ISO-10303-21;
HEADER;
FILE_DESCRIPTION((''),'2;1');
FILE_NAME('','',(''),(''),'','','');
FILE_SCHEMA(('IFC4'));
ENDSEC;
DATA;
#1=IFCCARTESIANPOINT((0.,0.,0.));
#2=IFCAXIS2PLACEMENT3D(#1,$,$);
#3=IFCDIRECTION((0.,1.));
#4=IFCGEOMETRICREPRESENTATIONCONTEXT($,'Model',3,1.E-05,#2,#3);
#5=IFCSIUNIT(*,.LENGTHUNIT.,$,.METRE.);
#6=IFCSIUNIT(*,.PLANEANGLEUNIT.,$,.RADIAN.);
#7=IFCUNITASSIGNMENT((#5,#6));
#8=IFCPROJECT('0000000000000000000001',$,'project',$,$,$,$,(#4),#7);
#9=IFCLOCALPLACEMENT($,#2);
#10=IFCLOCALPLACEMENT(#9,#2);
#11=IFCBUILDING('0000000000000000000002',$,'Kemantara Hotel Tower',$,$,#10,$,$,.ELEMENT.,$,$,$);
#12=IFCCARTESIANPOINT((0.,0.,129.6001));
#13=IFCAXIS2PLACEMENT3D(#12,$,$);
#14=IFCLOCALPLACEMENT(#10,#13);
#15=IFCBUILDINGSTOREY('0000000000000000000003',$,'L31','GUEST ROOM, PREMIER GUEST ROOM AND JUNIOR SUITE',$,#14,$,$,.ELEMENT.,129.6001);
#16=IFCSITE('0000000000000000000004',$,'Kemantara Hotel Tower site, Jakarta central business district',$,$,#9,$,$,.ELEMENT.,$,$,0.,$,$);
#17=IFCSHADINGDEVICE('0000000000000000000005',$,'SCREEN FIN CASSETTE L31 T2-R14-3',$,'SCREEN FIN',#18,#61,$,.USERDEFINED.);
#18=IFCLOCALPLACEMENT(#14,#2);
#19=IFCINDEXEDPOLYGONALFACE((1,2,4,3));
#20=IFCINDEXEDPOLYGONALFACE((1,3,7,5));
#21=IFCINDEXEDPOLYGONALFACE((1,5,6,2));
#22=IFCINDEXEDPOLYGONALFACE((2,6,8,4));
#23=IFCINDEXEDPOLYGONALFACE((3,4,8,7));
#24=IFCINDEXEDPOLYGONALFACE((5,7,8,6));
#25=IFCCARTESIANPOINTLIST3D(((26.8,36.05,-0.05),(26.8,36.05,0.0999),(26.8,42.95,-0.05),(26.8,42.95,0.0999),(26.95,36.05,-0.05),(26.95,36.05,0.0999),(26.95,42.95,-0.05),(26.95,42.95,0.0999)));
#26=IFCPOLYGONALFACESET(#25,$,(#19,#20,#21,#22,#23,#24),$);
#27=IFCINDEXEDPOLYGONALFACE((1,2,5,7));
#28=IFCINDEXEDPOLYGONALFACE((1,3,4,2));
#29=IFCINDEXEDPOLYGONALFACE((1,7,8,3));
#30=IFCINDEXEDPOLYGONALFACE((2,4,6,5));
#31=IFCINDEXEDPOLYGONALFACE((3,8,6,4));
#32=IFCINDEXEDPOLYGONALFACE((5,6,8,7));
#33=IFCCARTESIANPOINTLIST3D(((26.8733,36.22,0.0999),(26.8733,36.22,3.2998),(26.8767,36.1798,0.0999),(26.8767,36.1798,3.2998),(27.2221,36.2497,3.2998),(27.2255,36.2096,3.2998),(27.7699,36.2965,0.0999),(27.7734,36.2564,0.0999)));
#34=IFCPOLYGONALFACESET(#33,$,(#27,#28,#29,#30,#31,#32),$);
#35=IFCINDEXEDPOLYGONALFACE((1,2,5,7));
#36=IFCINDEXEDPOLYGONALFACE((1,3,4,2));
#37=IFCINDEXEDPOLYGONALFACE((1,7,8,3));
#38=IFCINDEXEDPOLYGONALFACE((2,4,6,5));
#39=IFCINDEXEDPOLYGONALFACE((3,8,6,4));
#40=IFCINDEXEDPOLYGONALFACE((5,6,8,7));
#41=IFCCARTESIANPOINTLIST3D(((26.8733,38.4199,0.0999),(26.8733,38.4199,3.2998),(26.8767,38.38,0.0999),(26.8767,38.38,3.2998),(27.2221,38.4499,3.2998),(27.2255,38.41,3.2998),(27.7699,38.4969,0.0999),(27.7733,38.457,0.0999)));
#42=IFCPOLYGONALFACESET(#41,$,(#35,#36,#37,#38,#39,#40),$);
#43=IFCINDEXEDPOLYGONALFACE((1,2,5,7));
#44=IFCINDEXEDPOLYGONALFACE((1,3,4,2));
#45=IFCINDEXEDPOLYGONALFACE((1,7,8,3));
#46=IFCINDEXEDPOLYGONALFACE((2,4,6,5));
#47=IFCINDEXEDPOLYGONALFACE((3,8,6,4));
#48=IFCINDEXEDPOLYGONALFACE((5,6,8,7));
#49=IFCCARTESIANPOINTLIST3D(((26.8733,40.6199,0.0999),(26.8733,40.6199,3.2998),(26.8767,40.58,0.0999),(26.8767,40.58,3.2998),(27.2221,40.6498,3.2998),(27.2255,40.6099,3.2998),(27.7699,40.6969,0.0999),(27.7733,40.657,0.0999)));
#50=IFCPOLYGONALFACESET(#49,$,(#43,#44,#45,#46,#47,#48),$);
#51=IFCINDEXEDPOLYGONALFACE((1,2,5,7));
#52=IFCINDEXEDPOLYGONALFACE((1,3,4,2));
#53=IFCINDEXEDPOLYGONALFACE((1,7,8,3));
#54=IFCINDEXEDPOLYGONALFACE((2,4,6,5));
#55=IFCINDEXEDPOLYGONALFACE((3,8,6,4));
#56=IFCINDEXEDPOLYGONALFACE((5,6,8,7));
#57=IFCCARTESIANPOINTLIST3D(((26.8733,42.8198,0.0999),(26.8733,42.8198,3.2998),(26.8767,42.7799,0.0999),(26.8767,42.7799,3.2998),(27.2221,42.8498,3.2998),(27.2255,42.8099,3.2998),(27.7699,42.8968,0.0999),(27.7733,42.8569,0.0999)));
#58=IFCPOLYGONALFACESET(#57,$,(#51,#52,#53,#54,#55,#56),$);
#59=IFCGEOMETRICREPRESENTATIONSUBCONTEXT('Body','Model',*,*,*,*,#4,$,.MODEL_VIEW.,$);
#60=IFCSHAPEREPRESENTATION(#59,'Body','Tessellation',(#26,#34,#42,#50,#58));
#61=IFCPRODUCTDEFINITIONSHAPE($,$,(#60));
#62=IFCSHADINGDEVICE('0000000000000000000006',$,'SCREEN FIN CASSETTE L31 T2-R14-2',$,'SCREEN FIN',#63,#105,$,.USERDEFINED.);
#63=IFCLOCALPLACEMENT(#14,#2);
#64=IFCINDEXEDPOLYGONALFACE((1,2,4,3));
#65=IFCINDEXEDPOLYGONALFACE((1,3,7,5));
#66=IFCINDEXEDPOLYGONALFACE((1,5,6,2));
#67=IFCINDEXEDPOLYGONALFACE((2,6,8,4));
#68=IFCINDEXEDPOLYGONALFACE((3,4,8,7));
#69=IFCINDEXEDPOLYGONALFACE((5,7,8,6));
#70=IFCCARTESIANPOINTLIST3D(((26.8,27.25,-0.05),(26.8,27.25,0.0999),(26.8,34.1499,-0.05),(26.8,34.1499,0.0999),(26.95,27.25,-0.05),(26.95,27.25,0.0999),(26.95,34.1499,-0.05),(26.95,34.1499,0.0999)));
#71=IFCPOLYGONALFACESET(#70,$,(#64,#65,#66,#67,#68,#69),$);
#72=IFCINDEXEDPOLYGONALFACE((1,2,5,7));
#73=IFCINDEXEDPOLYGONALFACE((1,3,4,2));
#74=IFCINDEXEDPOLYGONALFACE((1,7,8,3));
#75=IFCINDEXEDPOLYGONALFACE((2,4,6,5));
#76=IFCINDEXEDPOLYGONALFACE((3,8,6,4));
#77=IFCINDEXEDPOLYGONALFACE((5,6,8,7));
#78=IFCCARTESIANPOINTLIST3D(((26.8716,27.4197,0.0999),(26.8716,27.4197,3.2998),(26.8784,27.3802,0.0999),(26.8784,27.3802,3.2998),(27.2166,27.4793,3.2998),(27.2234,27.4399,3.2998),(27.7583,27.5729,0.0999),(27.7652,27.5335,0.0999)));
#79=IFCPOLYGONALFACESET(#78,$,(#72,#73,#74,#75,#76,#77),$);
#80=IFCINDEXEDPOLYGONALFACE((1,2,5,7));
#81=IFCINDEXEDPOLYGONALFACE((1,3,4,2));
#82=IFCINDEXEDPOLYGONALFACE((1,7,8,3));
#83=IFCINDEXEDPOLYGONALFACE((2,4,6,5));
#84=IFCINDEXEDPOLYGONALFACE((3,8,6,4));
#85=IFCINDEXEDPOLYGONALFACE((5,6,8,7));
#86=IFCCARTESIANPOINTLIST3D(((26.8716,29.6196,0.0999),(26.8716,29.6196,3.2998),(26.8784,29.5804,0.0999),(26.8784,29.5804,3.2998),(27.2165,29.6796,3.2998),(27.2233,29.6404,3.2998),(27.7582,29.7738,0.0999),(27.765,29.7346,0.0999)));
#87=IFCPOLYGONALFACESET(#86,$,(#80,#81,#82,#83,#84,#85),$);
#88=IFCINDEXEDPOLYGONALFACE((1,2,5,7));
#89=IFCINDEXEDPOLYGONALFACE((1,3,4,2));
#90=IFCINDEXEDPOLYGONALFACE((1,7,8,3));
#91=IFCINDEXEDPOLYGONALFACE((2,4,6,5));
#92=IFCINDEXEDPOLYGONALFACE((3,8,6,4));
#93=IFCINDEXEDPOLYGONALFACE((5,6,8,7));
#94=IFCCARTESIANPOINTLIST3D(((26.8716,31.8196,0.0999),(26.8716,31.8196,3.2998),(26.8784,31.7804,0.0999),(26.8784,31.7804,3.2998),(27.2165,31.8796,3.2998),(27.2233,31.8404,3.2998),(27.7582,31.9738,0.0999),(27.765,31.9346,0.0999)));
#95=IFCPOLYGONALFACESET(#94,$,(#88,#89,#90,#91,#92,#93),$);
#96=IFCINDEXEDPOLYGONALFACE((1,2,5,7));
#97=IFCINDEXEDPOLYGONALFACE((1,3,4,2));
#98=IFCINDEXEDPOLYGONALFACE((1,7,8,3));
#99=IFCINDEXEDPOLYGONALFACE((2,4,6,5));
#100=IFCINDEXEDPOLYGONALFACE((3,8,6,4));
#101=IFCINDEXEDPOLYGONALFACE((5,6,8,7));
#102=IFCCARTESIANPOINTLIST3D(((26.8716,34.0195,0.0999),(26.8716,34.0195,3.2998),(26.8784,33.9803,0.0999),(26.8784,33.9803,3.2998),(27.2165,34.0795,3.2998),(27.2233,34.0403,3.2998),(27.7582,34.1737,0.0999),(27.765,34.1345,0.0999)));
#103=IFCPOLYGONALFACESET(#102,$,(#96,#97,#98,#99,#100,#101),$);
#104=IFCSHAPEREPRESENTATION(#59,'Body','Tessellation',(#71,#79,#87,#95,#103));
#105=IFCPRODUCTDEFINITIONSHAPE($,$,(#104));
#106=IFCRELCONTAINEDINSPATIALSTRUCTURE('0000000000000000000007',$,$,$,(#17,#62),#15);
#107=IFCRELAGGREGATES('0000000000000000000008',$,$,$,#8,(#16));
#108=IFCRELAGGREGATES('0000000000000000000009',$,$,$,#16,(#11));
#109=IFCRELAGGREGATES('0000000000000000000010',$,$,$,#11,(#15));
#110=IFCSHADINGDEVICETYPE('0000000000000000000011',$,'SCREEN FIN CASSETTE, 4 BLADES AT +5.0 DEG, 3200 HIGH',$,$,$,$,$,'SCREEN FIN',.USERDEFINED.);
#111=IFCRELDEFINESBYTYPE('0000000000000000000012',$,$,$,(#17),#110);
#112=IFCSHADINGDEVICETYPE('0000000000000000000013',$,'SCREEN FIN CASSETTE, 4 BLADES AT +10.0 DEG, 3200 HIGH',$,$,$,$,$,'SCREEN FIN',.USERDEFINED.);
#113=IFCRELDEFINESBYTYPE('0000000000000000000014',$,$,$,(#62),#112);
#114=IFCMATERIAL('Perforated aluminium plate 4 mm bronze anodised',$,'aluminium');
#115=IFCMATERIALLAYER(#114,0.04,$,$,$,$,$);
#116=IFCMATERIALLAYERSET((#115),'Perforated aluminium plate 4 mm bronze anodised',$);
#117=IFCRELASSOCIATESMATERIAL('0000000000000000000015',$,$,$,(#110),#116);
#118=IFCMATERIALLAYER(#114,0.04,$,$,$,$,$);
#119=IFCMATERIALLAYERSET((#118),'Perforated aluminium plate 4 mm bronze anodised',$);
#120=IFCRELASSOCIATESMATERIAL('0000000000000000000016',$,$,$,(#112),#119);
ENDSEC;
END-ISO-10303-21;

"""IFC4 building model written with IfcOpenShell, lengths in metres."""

from ifc_helpers import new_model, si_unit, direction, frame, origin, origin_2d, place, context, subcontext, project, spatial, polyline, rectangle, outline, extrude, source, transform, mapped, material, layer, layer_set, type_object, element, save


model = new_model("IFC4")

# Units and contexts
model_context = context("Model", 3, precision=1e-05, world=origin(), true_north=direction((0.0, 1.0)))
body_context = subcontext(model_context, "Body", "Model", "MODEL_VIEW")
ifc_project = project(units=[si_unit("LENGTHUNIT", "METRE"), si_unit("PLANEANGLEUNIT", "RADIAN")], contexts=[model_context])

# Site, building, storey
site_placement = place(None, origin())
site = spatial("IfcSite", under=ifc_project, at=site_placement, Name="Kemantara Hotel Tower site, Jakarta central business district", CompositionType="ELEMENT", RefElevation=0.0)
building_placement = place(site_placement, origin())
building = spatial("IfcBuilding", under=site, at=building_placement, Name="Kemantara Hotel Tower", CompositionType="ELEMENT")
storey_placement = place(building_placement, frame((0.0, 0.0, 129.6001)))
storey = spatial("IfcBuildingStorey", under=building, at=storey_placement, Name="L31", Description="GUEST ROOM, PREMIER GUEST ROOM AND JUNIOR SUITE", CompositionType="ELEMENT", Elevation=129.6001)

# Shading devices
ifc_material_1 = material(Name="Perforated aluminium plate 4 mm bronze anodised", Category="aluminium")
ifc_layer_1 = layer(ifc_material_1, 0.04)
ifc_layer_set_1 = layer_set([ifc_layer_1], Name="Perforated aluminium plate 4 mm bronze anodised")
shading_device_type_1 = type_object("IfcShadingDeviceType", Name="SCREEN FIN CASSETTE, 4 BLADES AT +5.0 DEG, 3200 HIGH", ElementType="SCREEN FIN", PredefinedType="USERDEFINED", material=ifc_layer_set_1)
shared_shape_1 = source(origin(), body_context, "Body", "SweptSolid", [
    extrude(rectangle(XDim=6.8999, YDim=0.1499, at=origin_2d()), frame((3.3, -0.075, -0.1499), z_axis=(0.0, 0.0, 1.0), x_axis=(1.0, 0.0, 0.0)), (0.0, 0.0, 1.0), 0.1499),
    extrude(outline(polyline([(0.0, 0.0), (0.8999, 0.0), (0.3501, 3.2), (0.0, 3.2), (0.0, 0.0)])), frame((0.02, -0.0732, 0.0), z_axis=(-0.996376, -0.085056, 0.0), x_axis=(0.085056, -0.996376, 0.0)), (0.0, 0.0, 1.0), 0.0403),
    extrude(outline(polyline([(0.0, 0.0), (0.8999, 0.0), (0.3501, 3.2), (0.0, 3.2), (0.0, 0.0)])), frame((2.22, -0.0732, 0.0), z_axis=(-0.996332, -0.085575, 0.0), x_axis=(0.085575, -0.996332, 0.0)), (0.0, 0.0, 1.0), 0.04),
    extrude(outline(polyline([(0.0, 0.0), (0.8999, 0.0), (0.3501, 3.2), (0.0, 3.2), (0.0, 0.0)])), frame((4.4199, -0.0732, 0.0), z_axis=(-0.996332, -0.085575, 0.0), x_axis=(0.085575, -0.996332, 0.0)), (0.0, 0.0, 1.0), 0.04),
    extrude(outline(polyline([(0.0, 0.0), (0.8999, 0.0), (0.3501, 3.2), (0.0, 3.2), (0.0, 0.0)])), frame((6.6199, -0.0732, 0.0), z_axis=(-0.996332, -0.085575, 0.0), x_axis=(0.085575, -0.996332, 0.0)), (0.0, 0.0, 1.0), 0.04),
])
shading_device_1_placement = place(storey_placement, frame((26.8, 36.2, 0.0999), z_axis=(0.0, 0.0, 1.0), x_axis=(0.0, 1.0, 0.0)))
element("IfcShadingDevice", 1, at=shading_device_1_placement, inside=storey, type_object=shading_device_type_1, Name="SCREEN FIN CASSETTE L31 T2-R14-3", ObjectType="SCREEN FIN", PredefinedType="USERDEFINED", context=body_context, shape_type="MappedRepresentation", body=[
    mapped(shared_shape_1, transform((0.0, 0.0, 0.0))),
])
ifc_layer_2 = layer(ifc_material_1, 0.04)
ifc_layer_set_2 = layer_set([ifc_layer_2], Name="Perforated aluminium plate 4 mm bronze anodised")
shading_device_type_2 = type_object("IfcShadingDeviceType", Name="SCREEN FIN CASSETTE, 4 BLADES AT +10.0 DEG, 3200 HIGH", ElementType="SCREEN FIN", PredefinedType="USERDEFINED", material=ifc_layer_set_2)
shared_shape_2 = source(origin(), body_context, "Body", "SweptSolid", [
    extrude(rectangle(XDim=6.8999, YDim=0.1499, at=origin_2d()), frame((3.3, -0.075, -0.1499), z_axis=(0.0, 0.0, 1.0), x_axis=(1.0, 0.0, 0.0)), (0.0, 0.0, 1.0), 0.1499),
    extrude(outline(polyline([(0.0, 0.0), (0.8999, 0.0), (0.3501, 3.2), (0.0, 3.2), (0.0, 0.0)])), frame((0.0198, -0.0715, 0.0), z_axis=(-0.98539, -0.170314, 0.0), x_axis=(0.170314, -0.98539, 0.0)), (0.0, 0.0, 1.0), 0.04),
    extrude(outline(polyline([(0.0, 0.0), (0.8999, 0.0), (0.3501, 3.2), (0.0, 3.2), (0.0, 0.0)])), frame((2.2197, -0.0715, 0.0), z_axis=(-0.985212, -0.171341, 0.0), x_axis=(0.171341, -0.985212, 0.0)), (0.0, 0.0, 1.0), 0.0398),
    extrude(outline(polyline([(0.0, 0.0), (0.8999, 0.0), (0.3501, 3.2), (0.0, 3.2), (0.0, 0.0)])), frame((4.4197, -0.0715, 0.0), z_axis=(-0.985212, -0.171341, 0.0), x_axis=(0.171341, -0.985212, 0.0)), (0.0, 0.0, 1.0), 0.0398),
    extrude(outline(polyline([(0.0, 0.0), (0.8999, 0.0), (0.3501, 3.2), (0.0, 3.2), (0.0, 0.0)])), frame((6.6196, -0.0715, 0.0), z_axis=(-0.985212, -0.171341, 0.0), x_axis=(0.171341, -0.985212, 0.0)), (0.0, 0.0, 1.0), 0.0398),
])
shading_device_2_placement = place(storey_placement, frame((26.8, 27.3999, 0.0999), z_axis=(0.0, 0.0, 1.0), x_axis=(0.0, 1.0, 0.0)))
element("IfcShadingDevice", 2, at=shading_device_2_placement, inside=storey, type_object=shading_device_type_2, Name="SCREEN FIN CASSETTE L31 T2-R14-2", ObjectType="SCREEN FIN", PredefinedType="USERDEFINED", context=body_context, shape_type="MappedRepresentation", body=[
    mapped(shared_shape_2, transform((0.0, 0.0, 0.0))),
])

save(model, "model.ifc")
